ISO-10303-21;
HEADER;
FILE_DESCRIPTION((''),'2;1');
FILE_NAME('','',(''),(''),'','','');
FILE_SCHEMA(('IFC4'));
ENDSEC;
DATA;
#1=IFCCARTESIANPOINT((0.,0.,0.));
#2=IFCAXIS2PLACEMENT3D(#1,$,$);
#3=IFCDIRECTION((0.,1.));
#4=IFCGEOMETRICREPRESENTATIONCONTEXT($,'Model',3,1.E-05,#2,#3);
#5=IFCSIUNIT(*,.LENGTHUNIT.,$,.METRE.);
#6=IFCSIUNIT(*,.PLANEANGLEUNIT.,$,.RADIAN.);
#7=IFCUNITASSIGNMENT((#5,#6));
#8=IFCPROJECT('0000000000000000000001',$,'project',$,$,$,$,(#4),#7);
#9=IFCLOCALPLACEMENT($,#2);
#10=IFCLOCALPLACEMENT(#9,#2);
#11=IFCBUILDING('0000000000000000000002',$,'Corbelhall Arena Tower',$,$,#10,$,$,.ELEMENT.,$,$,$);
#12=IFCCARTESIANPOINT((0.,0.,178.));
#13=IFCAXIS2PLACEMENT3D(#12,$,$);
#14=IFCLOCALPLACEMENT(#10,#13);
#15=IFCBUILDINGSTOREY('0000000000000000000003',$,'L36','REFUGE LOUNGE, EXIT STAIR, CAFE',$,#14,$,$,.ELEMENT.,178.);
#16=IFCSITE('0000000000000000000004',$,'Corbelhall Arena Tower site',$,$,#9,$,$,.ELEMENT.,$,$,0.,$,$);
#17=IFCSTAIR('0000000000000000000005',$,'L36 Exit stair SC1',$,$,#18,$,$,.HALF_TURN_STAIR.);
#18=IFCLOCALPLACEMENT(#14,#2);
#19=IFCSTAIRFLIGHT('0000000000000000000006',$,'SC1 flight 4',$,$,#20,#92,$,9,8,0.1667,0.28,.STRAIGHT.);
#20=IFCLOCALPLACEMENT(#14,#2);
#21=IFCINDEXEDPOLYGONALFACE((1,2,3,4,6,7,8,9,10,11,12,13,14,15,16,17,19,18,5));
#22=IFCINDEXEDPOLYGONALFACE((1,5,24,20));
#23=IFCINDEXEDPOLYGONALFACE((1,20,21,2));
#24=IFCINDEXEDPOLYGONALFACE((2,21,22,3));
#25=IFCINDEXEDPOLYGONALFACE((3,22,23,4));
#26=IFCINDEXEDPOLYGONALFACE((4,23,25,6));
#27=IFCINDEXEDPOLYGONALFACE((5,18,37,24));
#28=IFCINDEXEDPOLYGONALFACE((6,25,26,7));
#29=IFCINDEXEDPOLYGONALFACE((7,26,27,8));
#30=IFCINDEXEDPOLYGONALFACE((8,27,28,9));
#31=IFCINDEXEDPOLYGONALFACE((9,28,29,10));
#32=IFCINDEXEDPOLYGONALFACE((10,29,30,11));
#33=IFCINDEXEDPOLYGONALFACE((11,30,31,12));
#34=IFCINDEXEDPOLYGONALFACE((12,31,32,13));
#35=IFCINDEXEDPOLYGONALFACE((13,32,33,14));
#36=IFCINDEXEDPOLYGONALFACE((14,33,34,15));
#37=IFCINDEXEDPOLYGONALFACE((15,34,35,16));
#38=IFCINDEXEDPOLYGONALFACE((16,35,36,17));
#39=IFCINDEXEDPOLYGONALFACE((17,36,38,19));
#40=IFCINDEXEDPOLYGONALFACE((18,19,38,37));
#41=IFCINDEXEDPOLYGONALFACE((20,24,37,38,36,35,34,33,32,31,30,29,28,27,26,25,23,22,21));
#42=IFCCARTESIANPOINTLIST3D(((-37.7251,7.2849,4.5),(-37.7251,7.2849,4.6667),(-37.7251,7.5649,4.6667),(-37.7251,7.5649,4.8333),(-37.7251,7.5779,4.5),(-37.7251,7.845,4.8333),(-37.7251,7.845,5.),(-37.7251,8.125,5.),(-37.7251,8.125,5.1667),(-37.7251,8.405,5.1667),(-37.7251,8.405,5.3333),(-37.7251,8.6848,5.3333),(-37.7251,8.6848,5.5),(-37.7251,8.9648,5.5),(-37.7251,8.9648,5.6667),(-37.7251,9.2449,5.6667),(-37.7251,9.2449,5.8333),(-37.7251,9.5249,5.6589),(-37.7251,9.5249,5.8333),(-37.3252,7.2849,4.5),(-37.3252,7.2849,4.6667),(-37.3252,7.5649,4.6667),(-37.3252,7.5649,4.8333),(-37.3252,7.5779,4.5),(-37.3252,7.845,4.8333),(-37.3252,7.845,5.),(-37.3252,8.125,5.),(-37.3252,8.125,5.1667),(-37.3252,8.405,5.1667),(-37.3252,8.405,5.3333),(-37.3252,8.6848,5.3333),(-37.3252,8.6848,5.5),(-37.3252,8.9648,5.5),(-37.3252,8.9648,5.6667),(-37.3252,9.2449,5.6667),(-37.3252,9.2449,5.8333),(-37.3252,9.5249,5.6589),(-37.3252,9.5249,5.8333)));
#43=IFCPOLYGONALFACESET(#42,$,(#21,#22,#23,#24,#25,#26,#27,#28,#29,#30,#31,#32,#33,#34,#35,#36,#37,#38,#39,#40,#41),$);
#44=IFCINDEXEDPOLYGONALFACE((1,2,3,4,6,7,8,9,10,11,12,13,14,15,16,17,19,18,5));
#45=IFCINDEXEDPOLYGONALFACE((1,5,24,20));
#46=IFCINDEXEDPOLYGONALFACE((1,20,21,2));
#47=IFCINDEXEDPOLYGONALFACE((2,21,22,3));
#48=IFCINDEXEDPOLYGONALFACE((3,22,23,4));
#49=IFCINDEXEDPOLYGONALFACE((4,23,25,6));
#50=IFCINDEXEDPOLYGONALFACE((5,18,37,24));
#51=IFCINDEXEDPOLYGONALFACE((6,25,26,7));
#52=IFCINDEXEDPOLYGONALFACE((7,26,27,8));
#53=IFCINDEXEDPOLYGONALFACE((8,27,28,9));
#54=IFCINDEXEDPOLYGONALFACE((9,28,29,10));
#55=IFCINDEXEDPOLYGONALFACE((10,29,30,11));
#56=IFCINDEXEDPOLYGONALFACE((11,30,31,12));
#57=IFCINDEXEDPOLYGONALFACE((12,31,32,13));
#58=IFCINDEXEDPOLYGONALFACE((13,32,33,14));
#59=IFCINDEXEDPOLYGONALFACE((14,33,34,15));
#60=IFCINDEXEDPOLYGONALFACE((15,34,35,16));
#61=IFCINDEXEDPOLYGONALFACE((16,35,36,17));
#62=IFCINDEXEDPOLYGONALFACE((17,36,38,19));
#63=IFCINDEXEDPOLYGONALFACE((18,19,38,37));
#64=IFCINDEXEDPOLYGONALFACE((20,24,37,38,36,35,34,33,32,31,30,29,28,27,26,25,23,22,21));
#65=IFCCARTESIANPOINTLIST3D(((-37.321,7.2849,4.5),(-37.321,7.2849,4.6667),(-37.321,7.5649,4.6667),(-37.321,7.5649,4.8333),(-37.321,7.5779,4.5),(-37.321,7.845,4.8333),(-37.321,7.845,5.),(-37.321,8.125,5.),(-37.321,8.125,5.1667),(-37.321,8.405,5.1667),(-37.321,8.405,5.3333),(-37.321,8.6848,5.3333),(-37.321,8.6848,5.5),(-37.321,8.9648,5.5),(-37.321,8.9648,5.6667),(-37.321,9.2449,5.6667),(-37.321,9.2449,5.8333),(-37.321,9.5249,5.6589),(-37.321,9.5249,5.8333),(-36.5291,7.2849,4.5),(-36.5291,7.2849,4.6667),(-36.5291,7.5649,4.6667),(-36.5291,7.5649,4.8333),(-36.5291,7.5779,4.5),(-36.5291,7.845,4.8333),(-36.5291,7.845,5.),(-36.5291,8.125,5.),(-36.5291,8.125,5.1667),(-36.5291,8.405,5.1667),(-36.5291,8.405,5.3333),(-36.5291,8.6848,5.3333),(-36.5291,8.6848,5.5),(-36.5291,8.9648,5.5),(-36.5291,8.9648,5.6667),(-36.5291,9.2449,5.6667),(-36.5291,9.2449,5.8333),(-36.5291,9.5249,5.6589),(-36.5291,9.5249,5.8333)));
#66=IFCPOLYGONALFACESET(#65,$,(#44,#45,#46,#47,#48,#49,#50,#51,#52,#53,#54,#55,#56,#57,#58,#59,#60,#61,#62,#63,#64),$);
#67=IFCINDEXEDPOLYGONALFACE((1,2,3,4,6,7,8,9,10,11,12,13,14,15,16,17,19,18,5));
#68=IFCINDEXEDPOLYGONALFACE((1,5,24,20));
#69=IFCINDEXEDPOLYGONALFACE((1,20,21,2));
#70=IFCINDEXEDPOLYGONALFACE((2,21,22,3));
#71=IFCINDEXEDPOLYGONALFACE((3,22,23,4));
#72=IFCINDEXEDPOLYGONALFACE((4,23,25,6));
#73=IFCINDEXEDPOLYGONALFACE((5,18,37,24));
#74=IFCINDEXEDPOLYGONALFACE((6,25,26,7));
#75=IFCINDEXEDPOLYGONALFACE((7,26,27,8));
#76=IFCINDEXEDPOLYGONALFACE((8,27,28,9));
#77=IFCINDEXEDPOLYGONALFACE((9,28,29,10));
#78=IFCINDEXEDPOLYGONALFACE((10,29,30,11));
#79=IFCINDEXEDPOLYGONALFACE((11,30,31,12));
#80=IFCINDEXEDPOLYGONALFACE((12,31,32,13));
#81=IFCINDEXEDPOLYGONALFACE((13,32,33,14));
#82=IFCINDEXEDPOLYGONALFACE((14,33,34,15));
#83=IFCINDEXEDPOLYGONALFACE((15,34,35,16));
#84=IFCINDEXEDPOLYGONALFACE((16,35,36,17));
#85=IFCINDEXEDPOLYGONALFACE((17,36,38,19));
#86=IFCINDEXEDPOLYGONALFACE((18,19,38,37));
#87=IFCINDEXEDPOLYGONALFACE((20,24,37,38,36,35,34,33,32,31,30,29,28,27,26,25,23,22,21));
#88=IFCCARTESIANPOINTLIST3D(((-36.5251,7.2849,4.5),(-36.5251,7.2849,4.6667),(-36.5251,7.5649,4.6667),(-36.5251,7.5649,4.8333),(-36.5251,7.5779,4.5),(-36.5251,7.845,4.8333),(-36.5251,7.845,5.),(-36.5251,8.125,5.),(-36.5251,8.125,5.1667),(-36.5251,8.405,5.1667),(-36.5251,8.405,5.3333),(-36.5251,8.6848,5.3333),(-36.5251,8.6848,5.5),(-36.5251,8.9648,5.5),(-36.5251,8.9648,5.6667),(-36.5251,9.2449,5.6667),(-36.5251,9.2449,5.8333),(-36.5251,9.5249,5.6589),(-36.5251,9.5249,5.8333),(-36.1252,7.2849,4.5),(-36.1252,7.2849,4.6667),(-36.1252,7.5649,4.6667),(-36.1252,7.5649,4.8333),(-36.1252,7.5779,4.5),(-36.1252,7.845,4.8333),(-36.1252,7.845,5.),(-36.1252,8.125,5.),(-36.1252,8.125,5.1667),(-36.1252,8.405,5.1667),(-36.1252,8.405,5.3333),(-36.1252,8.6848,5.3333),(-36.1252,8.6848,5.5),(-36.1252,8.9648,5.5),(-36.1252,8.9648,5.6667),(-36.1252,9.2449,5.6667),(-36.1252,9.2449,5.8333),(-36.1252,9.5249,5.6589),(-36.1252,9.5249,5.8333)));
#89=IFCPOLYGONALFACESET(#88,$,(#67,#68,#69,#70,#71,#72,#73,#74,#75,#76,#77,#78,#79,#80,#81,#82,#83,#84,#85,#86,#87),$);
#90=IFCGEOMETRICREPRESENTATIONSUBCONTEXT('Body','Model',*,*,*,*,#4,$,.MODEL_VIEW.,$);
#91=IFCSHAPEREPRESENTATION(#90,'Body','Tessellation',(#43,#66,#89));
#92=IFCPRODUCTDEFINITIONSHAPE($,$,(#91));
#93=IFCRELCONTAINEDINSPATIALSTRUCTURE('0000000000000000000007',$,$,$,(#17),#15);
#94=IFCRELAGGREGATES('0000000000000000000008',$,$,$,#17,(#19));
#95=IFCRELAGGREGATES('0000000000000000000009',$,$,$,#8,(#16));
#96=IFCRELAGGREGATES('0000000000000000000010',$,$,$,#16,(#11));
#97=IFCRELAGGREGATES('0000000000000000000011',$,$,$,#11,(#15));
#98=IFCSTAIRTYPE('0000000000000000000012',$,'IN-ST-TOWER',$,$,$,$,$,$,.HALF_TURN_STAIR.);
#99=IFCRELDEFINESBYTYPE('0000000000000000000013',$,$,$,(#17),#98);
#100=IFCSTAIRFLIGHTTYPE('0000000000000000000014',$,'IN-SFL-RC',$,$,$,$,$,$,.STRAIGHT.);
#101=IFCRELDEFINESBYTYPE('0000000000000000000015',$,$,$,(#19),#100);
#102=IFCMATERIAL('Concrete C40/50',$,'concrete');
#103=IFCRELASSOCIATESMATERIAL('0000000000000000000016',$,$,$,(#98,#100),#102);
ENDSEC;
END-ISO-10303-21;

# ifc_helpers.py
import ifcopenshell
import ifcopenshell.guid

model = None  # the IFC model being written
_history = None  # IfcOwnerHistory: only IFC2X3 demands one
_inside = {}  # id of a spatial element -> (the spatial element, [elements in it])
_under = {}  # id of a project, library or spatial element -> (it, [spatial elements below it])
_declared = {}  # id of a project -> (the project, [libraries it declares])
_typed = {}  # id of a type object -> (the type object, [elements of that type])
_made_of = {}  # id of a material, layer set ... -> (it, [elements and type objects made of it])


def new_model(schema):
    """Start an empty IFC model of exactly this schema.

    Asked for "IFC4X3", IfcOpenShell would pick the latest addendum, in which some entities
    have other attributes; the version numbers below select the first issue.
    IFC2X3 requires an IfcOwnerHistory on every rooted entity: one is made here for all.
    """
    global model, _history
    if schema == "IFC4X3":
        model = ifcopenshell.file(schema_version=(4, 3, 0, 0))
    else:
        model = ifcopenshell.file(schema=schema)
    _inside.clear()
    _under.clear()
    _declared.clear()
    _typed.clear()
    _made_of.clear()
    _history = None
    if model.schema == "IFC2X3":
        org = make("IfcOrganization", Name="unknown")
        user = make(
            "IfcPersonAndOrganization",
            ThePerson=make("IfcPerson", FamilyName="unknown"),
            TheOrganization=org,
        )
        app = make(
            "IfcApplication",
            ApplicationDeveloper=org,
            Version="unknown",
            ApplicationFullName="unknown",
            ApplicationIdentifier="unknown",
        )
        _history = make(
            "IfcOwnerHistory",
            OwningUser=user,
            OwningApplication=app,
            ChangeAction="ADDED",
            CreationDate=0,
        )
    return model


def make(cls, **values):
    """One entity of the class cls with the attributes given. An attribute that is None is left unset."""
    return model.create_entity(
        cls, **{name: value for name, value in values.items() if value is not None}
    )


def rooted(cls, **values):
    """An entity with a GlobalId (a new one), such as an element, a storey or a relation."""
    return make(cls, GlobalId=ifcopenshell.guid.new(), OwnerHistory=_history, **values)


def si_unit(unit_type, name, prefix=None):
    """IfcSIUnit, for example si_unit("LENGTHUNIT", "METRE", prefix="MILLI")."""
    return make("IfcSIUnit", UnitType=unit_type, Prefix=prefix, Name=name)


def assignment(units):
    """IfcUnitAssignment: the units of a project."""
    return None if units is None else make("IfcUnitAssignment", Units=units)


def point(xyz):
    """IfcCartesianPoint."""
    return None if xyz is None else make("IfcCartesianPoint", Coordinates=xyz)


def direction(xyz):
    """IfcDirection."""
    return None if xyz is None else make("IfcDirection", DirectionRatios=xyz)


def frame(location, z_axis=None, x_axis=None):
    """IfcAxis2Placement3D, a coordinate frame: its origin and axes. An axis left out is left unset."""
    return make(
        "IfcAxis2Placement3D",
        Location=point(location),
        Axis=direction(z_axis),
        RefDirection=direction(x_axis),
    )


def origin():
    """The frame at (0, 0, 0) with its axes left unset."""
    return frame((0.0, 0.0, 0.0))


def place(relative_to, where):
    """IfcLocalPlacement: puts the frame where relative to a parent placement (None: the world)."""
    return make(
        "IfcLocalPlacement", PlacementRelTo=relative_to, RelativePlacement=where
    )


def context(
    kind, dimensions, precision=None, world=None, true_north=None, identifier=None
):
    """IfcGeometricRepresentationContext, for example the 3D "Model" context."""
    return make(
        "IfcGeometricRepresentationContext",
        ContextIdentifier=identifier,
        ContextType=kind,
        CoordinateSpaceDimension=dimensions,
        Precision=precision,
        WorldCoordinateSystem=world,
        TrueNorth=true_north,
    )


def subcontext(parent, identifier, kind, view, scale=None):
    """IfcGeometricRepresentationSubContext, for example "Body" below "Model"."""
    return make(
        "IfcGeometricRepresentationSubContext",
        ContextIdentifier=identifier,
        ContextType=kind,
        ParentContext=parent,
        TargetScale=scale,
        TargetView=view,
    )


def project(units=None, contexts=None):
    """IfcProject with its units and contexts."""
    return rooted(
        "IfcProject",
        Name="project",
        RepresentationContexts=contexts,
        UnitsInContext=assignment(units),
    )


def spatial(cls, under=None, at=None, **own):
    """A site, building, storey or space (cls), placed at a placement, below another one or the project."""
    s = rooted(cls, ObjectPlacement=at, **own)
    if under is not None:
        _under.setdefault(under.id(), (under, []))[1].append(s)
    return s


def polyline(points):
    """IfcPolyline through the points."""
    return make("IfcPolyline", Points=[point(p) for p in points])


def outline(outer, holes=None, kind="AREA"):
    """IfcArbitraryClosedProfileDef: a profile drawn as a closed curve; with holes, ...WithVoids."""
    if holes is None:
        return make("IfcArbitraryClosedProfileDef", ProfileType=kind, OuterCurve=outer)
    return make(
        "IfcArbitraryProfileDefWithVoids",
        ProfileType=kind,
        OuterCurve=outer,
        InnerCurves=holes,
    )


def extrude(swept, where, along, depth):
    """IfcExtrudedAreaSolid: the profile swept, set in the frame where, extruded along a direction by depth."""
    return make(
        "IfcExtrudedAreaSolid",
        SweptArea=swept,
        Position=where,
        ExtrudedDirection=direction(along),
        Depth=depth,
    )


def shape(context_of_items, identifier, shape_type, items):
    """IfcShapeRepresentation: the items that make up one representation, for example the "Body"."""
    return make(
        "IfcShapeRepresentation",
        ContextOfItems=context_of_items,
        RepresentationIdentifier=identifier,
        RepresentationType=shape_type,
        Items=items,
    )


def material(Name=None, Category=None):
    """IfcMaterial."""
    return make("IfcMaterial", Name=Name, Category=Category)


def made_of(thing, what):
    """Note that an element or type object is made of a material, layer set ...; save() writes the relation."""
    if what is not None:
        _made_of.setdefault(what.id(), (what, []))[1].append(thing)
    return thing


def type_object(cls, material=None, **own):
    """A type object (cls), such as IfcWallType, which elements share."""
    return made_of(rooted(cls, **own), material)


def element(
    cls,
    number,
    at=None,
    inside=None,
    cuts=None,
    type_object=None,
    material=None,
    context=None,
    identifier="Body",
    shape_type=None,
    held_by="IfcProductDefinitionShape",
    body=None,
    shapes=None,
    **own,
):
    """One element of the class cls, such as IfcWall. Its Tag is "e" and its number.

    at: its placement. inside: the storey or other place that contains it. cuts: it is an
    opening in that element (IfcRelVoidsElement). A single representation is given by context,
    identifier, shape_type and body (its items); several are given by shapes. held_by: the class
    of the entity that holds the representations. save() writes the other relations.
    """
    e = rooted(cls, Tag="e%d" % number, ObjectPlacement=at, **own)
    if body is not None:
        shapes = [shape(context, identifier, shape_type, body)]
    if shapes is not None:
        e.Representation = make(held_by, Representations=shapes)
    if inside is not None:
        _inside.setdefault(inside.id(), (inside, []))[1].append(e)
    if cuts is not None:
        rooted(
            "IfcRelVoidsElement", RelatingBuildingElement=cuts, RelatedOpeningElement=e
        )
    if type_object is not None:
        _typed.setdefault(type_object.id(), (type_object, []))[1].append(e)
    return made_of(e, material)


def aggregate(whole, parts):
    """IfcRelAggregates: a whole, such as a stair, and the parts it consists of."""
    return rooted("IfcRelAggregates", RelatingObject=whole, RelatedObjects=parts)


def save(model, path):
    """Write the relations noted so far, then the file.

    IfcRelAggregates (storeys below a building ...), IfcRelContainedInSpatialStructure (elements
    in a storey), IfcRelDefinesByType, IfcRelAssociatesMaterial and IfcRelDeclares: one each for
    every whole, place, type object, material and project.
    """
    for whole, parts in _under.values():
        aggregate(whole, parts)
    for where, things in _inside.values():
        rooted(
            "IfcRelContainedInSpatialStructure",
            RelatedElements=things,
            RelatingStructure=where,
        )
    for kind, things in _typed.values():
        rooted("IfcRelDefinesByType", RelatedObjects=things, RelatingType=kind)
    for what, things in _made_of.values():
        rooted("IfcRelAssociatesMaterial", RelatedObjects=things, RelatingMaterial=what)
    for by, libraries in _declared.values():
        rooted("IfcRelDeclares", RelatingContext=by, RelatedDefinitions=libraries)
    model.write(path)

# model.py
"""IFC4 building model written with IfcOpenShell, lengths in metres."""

from ifc_helpers import new_model, si_unit, direction, frame, origin, place, context, subcontext, project, spatial, polyline, outline, extrude, material, type_object, element, aggregate, save


model = new_model("IFC4")

# Units and contexts
model_context = context("Model", 3, precision=1e-05, world=origin(), true_north=direction((0.0, 1.0)))
body_context = subcontext(model_context, "Body", "Model", "MODEL_VIEW")
ifc_project = project(units=[si_unit("LENGTHUNIT", "METRE"), si_unit("PLANEANGLEUNIT", "RADIAN")], contexts=[model_context])

# Site, building, storey
site_placement = place(None, origin())
site = spatial("IfcSite", under=ifc_project, at=site_placement, Name="Corbelhall Arena Tower site", CompositionType="ELEMENT", RefElevation=0.0)
building_placement = place(site_placement, origin())
building = spatial("IfcBuilding", under=site, at=building_placement, Name="Corbelhall Arena Tower", CompositionType="ELEMENT")
storey_placement = place(building_placement, frame((0.0, 0.0, 178.0)))
storey = spatial("IfcBuildingStorey", under=building, at=storey_placement, Name="L36", Description="REFUGE LOUNGE, EXIT STAIR, CAFE", CompositionType="ELEMENT", Elevation=178.0)

# Shared definitions
ifc_material_1 = material(Name="Concrete C40/50", Category="concrete")

# Stair, stair flight
stair_type = type_object("IfcStairType", Name="IN-ST-TOWER", PredefinedType="HALF_TURN_STAIR", material=ifc_material_1)
stair_placement = place(storey_placement, origin())
stair = element("IfcStair", 1, at=stair_placement, inside=storey, type_object=stair_type, Name="L36 Exit stair SC1", PredefinedType="HALF_TURN_STAIR")
stair_flight_type = type_object("IfcStairFlightType", Name="IN-SFL-RC", PredefinedType="STRAIGHT", material=ifc_material_1)
stair_flight_1_placement = place(storey_placement, frame((-36.925, 7.2849, 4.5), z_axis=(0.0, 0.0, 1.0), x_axis=(0.0, 1.0, 0.0)))
stair_flight_1 = element("IfcStairFlight", 2, at=stair_flight_1_placement, type_object=stair_flight_type, Name="SC1 flight 4", NumberOfRisers=9, NumberOfTreads=8, PredefinedType="STRAIGHT", RiserHeight=0.1667, TreadLength=0.28, context=body_context, shape_type="SweptSolid", body=[
    extrude(outline(polyline([(0.0, 0.0), (0.0, 0.1667), (0.28, 0.1667), (0.28, 0.3333), (0.5601, 0.3333), (0.5601, 0.5), (0.8401, 0.5), (0.8401, 0.6667), (1.1201, 0.6667), (1.1201, 0.8333), (1.3999, 0.8333), (1.3999, 1.0), (1.6799, 1.0), (1.6799, 1.1667), (1.96, 1.1667), (1.96, 1.3333), (2.24, 1.3333), (2.24, 1.5), (2.24, 1.1589), (0.293, 0.0), (0.0, 0.0)])), frame((0.0, 0.8, 0.0), z_axis=(0.0, -1.0, 0.0), x_axis=(1.0, 0.0, 0.0)), (0.0, 0.0, 1.0), 0.3999),
    extrude(outline(polyline([(0.0, 0.0), (0.0, 0.1667), (0.28, 0.1667), (0.28, 0.3333), (0.5601, 0.3333), (0.5601, 0.5), (0.8401, 0.5), (0.8401, 0.6667), (1.1201, 0.6667), (1.1201, 0.8333), (1.3999, 0.8333), (1.3999, 1.0), (1.6799, 1.0), (1.6799, 1.1667), (1.96, 1.1667), (1.96, 1.3333), (2.24, 1.3333), (2.24, 1.5), (2.24, 1.1589), (0.293, 0.0), (0.0, 0.0)])), frame((0.0, 0.396, 0.0), z_axis=(0.0, -1.0, 0.0), x_axis=(1.0, 0.0, 0.0)), (0.0, 0.0, 1.0), 0.792),
    extrude(outline(polyline([(0.0, 0.0), (0.0, 0.1667), (0.28, 0.1667), (0.28, 0.3333), (0.5601, 0.3333), (0.5601, 0.5), (0.8401, 0.5), (0.8401, 0.6667), (1.1201, 0.6667), (1.1201, 0.8333), (1.3999, 0.8333), (1.3999, 1.0), (1.6799, 1.0), (1.6799, 1.1667), (1.96, 1.1667), (1.96, 1.3333), (2.24, 1.3333), (2.24, 1.5), (2.24, 1.1589), (0.293, 0.0), (0.0, 0.0)])), frame((0.0, -0.3999, 0.0), z_axis=(0.0, -1.0, 0.0), x_axis=(1.0, 0.0, 0.0)), (0.0, 0.0, 1.0), 0.3999),
])
aggregate(stair, [stair_flight_1])

save(model, "model.ifc")
